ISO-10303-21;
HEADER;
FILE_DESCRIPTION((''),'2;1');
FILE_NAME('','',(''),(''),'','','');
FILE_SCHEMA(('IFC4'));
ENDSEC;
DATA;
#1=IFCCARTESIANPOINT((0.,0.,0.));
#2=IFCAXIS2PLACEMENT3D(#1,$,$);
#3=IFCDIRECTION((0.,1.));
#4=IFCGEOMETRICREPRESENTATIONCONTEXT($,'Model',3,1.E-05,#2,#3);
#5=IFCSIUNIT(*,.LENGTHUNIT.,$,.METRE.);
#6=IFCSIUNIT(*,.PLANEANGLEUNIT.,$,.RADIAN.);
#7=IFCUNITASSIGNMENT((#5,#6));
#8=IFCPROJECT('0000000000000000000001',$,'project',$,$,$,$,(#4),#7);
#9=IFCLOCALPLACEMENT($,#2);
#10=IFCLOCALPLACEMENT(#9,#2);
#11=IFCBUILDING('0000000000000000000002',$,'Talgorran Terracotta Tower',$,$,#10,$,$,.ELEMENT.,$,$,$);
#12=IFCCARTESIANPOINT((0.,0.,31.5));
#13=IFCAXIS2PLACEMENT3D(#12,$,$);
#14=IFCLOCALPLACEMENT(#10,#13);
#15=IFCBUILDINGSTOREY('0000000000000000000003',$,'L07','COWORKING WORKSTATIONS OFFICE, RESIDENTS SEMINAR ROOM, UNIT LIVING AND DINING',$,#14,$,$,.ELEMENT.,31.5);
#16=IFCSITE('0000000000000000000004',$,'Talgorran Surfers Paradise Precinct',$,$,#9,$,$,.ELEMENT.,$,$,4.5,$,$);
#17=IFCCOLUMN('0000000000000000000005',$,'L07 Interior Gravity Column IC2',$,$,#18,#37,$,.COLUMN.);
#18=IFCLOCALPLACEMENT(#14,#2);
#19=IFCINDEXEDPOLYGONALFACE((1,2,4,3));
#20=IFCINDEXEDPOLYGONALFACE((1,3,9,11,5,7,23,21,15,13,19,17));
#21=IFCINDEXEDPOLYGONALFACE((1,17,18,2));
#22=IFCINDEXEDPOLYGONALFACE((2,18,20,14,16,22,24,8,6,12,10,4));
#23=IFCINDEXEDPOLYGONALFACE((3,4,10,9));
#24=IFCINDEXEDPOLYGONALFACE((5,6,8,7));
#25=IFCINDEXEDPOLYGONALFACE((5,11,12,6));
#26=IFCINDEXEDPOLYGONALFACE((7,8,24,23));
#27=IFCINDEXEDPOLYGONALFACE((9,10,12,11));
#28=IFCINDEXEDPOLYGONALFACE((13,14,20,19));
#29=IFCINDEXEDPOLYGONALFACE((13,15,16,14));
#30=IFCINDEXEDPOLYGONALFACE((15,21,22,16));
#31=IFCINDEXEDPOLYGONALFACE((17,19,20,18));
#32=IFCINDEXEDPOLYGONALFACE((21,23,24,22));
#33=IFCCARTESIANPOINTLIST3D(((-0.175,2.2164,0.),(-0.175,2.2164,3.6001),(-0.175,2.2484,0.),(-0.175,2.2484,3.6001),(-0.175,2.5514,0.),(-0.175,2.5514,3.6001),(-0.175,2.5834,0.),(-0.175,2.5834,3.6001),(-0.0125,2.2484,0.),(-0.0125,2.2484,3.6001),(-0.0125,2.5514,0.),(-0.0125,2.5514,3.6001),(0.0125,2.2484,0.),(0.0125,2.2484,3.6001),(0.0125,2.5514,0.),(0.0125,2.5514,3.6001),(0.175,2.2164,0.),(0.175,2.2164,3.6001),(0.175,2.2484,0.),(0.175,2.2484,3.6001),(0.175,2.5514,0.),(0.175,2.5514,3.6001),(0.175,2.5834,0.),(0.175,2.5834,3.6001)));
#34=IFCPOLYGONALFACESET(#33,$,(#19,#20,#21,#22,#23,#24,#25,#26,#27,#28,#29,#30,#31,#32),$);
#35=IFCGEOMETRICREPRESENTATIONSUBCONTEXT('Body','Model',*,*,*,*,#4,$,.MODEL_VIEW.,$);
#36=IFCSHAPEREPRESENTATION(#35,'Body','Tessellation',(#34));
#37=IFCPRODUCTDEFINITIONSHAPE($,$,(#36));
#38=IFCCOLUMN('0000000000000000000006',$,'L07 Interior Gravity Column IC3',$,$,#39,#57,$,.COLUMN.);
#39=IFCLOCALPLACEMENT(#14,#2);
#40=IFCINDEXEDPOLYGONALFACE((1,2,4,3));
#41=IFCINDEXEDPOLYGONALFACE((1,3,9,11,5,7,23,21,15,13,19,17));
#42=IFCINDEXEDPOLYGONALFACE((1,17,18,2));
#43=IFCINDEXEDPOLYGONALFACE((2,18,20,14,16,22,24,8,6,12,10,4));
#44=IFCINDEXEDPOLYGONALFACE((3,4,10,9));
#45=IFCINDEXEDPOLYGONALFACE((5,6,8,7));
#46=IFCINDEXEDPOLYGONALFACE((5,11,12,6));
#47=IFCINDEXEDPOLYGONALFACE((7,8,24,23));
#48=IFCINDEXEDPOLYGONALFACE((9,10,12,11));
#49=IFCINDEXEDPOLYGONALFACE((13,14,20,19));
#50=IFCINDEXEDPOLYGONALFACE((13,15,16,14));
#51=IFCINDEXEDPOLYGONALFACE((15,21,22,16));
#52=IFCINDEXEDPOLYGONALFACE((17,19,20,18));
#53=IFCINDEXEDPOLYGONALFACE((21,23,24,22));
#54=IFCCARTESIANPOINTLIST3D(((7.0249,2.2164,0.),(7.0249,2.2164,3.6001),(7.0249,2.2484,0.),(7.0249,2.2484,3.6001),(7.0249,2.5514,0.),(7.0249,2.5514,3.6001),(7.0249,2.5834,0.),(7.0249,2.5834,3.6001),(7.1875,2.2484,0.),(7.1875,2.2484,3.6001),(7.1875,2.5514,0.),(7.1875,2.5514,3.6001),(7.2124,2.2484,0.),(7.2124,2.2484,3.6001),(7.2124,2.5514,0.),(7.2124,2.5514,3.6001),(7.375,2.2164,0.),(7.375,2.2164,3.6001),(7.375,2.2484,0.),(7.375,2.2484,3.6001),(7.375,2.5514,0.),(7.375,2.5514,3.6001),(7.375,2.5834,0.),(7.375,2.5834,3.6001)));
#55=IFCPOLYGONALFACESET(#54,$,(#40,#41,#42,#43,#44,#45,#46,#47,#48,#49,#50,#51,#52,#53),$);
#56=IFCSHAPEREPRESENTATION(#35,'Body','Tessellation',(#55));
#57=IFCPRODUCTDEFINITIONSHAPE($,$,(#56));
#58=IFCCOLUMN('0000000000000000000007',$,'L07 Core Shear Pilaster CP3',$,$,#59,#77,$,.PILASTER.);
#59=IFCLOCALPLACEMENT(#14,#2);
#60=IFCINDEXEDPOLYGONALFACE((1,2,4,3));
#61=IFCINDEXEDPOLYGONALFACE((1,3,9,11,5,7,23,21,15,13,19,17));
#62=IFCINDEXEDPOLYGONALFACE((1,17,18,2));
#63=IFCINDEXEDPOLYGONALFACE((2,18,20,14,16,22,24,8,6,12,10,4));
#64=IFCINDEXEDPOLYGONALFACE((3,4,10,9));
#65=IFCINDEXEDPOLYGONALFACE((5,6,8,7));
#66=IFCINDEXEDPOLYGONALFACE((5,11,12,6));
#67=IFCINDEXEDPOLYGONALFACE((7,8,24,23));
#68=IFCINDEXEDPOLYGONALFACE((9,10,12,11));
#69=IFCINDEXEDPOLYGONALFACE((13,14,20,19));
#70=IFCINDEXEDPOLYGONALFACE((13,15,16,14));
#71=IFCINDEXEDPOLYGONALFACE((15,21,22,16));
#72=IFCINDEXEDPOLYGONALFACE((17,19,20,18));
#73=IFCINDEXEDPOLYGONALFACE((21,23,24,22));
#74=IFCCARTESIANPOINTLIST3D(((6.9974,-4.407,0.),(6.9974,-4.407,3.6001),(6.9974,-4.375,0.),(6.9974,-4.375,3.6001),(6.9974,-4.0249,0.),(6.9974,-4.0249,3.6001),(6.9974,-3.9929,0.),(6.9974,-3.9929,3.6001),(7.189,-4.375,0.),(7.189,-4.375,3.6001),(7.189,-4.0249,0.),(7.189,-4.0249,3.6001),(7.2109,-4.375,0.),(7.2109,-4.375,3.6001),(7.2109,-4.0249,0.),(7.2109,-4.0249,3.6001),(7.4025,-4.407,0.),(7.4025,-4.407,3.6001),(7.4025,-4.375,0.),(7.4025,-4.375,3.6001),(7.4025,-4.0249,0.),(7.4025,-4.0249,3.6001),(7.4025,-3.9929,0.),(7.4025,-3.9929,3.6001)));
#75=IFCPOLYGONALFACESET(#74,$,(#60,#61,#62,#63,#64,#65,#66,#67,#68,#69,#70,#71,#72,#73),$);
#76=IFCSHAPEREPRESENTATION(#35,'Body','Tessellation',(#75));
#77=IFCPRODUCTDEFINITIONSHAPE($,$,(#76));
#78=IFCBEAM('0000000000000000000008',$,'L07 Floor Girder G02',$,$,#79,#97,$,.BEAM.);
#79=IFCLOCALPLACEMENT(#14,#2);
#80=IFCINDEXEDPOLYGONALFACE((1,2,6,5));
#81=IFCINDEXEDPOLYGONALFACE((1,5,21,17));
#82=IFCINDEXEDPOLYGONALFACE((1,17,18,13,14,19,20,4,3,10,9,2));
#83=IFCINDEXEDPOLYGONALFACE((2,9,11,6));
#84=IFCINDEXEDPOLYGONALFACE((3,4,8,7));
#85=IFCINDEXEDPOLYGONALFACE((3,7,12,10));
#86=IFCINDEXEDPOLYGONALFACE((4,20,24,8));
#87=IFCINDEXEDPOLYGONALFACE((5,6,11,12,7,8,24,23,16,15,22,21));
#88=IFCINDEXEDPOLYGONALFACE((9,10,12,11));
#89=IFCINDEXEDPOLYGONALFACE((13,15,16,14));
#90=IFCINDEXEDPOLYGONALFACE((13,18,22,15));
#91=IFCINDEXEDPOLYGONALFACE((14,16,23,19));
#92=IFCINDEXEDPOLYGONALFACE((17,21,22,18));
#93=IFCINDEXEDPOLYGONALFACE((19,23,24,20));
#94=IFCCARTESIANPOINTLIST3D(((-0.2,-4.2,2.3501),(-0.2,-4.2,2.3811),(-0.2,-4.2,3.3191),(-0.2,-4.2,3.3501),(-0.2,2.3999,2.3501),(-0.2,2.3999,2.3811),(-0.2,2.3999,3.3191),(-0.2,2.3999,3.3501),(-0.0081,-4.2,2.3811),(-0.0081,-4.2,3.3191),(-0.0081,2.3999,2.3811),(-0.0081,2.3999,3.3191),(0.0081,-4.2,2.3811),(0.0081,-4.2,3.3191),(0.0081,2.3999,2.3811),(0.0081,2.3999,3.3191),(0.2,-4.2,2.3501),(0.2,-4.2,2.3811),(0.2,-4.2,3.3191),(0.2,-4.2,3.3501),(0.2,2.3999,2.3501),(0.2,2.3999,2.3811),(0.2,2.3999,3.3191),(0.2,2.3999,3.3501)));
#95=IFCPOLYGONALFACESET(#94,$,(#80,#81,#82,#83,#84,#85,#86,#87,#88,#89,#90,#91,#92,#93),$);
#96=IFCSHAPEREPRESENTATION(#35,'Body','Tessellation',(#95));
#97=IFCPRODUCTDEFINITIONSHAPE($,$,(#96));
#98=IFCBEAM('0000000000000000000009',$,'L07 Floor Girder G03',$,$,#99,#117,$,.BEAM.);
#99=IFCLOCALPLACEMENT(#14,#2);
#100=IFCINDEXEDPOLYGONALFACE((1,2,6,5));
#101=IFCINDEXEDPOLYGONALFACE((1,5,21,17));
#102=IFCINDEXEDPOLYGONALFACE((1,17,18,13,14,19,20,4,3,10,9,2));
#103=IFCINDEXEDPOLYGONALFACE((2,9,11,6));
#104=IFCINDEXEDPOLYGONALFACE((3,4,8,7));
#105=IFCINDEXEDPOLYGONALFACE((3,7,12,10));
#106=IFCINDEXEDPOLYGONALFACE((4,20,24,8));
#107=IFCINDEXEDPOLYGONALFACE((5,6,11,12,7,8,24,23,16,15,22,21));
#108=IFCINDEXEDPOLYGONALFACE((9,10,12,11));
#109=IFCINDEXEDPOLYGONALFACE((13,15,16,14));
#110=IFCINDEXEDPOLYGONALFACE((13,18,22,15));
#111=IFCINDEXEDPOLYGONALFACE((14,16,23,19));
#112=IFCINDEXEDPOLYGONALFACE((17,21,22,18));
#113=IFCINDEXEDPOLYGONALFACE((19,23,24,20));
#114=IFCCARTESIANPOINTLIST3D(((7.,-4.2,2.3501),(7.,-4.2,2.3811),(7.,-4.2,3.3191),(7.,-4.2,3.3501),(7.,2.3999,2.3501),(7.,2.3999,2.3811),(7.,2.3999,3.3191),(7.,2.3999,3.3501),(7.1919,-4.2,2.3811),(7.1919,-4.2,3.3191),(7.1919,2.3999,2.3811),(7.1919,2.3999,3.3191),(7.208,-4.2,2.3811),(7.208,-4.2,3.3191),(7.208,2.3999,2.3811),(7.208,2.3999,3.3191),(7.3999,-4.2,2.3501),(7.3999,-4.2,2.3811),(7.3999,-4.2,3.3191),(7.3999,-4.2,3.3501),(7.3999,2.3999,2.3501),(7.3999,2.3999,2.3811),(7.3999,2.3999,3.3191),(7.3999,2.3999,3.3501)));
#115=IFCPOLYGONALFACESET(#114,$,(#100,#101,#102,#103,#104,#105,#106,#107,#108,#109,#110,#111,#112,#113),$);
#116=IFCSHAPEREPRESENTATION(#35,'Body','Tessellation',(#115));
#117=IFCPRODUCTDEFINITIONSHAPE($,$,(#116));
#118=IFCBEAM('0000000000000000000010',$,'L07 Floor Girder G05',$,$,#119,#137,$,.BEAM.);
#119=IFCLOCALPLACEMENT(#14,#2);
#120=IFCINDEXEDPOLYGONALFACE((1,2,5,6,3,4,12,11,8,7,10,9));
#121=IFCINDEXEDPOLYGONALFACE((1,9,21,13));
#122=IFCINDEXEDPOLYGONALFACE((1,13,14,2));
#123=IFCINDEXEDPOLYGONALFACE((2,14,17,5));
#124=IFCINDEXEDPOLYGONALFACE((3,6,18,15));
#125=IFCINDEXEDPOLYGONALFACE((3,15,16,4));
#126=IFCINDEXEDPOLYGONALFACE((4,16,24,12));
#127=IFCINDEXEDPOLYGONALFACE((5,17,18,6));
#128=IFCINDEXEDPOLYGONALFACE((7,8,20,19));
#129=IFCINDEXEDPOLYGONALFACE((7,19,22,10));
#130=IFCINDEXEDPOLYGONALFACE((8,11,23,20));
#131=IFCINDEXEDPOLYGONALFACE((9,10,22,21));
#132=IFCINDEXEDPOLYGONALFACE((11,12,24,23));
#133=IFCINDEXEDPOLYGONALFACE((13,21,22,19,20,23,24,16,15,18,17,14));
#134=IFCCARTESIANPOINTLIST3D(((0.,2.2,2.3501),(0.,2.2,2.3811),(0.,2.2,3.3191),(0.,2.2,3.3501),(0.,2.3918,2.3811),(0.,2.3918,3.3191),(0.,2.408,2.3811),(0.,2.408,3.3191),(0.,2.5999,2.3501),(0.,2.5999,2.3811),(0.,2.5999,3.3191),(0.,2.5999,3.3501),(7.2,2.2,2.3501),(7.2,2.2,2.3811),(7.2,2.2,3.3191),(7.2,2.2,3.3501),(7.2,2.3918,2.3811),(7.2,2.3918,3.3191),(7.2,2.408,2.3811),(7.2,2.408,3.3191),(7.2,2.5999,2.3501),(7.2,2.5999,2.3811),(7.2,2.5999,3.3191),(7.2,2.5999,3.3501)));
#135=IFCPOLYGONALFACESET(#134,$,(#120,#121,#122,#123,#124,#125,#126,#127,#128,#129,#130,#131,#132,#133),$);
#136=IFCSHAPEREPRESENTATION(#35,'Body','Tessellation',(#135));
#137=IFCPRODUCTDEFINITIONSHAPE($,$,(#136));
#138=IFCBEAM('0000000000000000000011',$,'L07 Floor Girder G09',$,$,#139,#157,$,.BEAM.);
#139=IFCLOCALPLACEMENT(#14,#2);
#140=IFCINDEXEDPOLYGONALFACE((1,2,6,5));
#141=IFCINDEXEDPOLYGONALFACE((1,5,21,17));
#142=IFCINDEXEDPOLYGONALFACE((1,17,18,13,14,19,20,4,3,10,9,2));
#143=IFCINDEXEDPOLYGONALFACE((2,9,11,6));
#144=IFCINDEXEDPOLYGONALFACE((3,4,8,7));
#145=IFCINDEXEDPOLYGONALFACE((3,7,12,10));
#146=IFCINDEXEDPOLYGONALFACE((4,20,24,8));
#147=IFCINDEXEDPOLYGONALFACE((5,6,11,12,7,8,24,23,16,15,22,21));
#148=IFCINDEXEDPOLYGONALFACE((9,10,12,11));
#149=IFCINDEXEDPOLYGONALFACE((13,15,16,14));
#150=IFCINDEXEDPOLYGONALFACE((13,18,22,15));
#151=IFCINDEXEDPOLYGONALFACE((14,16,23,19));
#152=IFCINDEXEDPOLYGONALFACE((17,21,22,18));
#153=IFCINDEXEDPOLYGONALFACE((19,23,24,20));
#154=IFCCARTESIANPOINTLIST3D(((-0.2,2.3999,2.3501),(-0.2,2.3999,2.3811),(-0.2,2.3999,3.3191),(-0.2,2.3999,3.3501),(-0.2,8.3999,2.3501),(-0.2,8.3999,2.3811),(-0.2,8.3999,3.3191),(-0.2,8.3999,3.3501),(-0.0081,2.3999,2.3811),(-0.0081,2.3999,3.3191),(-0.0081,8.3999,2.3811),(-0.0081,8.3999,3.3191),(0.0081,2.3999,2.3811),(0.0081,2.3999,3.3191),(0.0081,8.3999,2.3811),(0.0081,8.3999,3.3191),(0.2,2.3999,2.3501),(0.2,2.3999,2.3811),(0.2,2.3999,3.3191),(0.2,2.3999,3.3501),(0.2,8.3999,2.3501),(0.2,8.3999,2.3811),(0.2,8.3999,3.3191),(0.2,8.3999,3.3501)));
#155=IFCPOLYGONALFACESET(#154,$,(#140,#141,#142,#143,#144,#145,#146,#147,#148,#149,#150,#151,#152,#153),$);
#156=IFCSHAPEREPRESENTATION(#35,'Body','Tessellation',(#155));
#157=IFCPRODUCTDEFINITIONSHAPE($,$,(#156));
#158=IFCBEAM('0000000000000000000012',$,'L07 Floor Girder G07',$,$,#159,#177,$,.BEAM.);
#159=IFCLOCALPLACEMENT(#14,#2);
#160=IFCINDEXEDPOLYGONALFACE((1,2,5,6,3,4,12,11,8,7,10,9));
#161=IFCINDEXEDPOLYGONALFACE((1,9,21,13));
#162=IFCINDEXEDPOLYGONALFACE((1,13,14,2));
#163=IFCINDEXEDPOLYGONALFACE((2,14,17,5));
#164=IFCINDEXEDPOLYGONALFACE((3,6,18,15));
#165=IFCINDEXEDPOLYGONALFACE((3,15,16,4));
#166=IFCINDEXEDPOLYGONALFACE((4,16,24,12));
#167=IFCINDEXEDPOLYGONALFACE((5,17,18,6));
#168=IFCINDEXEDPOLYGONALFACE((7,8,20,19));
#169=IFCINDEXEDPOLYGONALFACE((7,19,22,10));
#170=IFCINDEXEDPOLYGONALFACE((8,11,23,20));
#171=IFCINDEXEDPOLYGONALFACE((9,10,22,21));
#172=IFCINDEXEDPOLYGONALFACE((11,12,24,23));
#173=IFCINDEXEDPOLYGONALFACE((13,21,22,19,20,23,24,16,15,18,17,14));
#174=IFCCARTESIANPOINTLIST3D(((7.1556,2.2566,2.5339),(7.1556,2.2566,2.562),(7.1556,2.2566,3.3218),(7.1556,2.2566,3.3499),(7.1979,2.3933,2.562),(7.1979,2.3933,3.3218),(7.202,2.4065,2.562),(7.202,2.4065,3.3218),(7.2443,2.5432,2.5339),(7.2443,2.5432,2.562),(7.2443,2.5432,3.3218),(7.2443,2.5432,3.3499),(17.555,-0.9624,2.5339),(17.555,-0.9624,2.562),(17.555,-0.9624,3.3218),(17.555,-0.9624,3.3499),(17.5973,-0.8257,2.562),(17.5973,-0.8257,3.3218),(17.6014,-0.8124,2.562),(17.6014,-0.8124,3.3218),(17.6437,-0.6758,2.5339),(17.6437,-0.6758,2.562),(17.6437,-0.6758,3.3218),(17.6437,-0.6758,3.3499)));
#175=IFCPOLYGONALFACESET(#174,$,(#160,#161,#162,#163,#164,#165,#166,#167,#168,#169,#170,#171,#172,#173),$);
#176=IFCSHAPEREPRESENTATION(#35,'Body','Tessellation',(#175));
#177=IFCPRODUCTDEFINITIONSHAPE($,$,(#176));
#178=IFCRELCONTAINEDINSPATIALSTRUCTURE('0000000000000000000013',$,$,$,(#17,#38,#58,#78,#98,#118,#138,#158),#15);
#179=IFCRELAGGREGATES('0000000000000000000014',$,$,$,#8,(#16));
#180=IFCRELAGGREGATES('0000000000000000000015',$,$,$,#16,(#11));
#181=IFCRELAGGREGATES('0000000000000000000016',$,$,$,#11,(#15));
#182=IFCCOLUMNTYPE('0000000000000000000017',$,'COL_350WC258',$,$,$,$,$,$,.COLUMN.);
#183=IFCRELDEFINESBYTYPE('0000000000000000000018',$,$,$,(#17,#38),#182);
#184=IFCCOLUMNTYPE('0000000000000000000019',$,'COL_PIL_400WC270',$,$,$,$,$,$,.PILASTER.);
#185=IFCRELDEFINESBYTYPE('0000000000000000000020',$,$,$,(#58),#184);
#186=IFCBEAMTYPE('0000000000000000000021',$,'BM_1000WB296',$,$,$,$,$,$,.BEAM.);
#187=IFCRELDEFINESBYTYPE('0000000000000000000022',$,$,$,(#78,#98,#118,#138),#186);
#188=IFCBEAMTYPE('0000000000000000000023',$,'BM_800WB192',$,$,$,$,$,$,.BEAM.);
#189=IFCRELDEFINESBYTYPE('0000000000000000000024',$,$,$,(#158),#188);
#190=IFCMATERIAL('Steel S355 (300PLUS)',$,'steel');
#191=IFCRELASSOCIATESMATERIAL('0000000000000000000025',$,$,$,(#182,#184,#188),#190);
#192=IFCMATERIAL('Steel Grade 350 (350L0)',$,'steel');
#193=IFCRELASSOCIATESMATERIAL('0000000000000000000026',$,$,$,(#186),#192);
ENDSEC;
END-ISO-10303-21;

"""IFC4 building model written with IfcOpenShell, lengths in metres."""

from ifc_helpers import new_model, si_unit, direction, frame, origin, origin_2d, place, context, subcontext, project, spatial, i_section, extrude, material, material_profile, profile_set, type_object, element, save


model = new_model("IFC4")

# Units and contexts
model_context = context("Model", 3, precision=1e-05, world=origin(), true_north=direction((0.0, 1.0)))
body_context = subcontext(model_context, "Body", "Model", "MODEL_VIEW")
ifc_project = project(units=[si_unit("LENGTHUNIT", "METRE"), si_unit("PLANEANGLEUNIT", "RADIAN")], contexts=[model_context])

# Site, building, storey
site_placement = place(None, origin())
site = spatial("IfcSite", under=ifc_project, at=site_placement, Name="Talgorran Surfers Paradise Precinct", CompositionType="ELEMENT", RefElevation=4.5)
building_placement = place(site_placement, origin())
building = spatial("IfcBuilding", under=site, at=building_placement, Name="Talgorran Terracotta Tower", CompositionType="ELEMENT")
storey_placement = place(building_placement, frame((0.0, 0.0, 31.5)))
storey = spatial("IfcBuildingStorey", under=building, at=storey_placement, Name="L07", Description="COWORKING WORKSTATIONS OFFICE, RESIDENTS SEMINAR ROOM, UNIT LIVING AND DINING", CompositionType="ELEMENT", Elevation=31.5)

# Columns
ifc_material_1 = material(Name="Steel S355 (300PLUS)", Category="steel")
ifc_material_profile_1 = material_profile(ifc_material_1, i_section(OverallWidth=0.3501, OverallDepth=0.3669, WebThickness=0.0249, FlangeThickness=0.032, at=origin_2d()), Name="350WC258")
ifc_profile_set_1 = profile_set([ifc_material_profile_1], Name="Steel S355 (300PLUS)")
column_type_1 = type_object("IfcColumnType", Name="COL_350WC258", PredefinedType="COLUMN", material=ifc_profile_set_1)
for number, where, z_axis, x_axis, name in (
    (1, (0.0, 2.3999, 0.0), (0.0, 0.0, 1.0), (1.0, 0.0, 0.0), "L07 Interior Gravity Column IC2"),
    (2, (7.2, 2.3999, 0.0), (0.0, 0.0, 1.0), (1.0, 0.0, 0.0), "L07 Interior Gravity Column IC3"),
):
    element("IfcColumn", number, at=place(storey_placement, frame(where, z_axis=z_axis, x_axis=x_axis)), inside=storey, type_object=column_type_1, Name=name, PredefinedType="COLUMN", context=body_context, shape_type="SweptSolid", body=[
        extrude(i_section(OverallWidth=0.3501, OverallDepth=0.3669, WebThickness=0.0249, FlangeThickness=0.032, at=origin_2d()), origin(), (0.0, 0.0, 1.0), 3.6001),
    ])
ifc_material_profile_2 = material_profile(ifc_material_1, i_section(OverallWidth=0.405, OverallDepth=0.4141, WebThickness=0.022, FlangeThickness=0.032, at=origin_2d()), Name="400WC270")
ifc_profile_set_2 = profile_set([ifc_material_profile_2], Name="Steel S355 (300PLUS)")
column_type_2 = type_object("IfcColumnType", Name="COL_PIL_400WC270", PredefinedType="PILASTER", material=ifc_profile_set_2)
column_placement = place(storey_placement, frame((7.2, -4.2, 0.0), z_axis=(0.0, 0.0, 1.0), x_axis=(1.0, 0.0, 0.0)))
element("IfcColumn", 3, at=column_placement, inside=storey, type_object=column_type_2, Name="L07 Core Shear Pilaster CP3", PredefinedType="PILASTER", context=body_context, shape_type="SweptSolid", body=[
    extrude(i_section(OverallWidth=0.405, OverallDepth=0.4141, WebThickness=0.022, FlangeThickness=0.032, at=origin_2d()), origin(), (0.0, 0.0, 1.0), 3.6001),
])

# Beams
ifc_material_2 = material(Name="Steel Grade 350 (350L0)", Category="steel")
ifc_material_profile_3 = material_profile(ifc_material_2, i_section(OverallWidth=0.3999, OverallDepth=1.0, WebThickness=0.0161, FlangeThickness=0.031, at=origin_2d()), Name="1000WB296")
ifc_profile_set_3 = profile_set([ifc_material_profile_3], Name="Steel Grade 350 (350L0)")
beam_type_1 = type_object("IfcBeamType", Name="BM_1000WB296", PredefinedType="BEAM", material=ifc_profile_set_3)
for number, where, z_axis, x_axis, name in (
    (4, (0.0, -4.2, 2.8501), (0.0, 1.0, 0.0), (-1.0, 0.0, 0.0), "L07 Floor Girder G02"),
    (5, (7.2, -4.2, 2.8501), (0.0, 1.0, 0.0), (-1.0, 0.0, 0.0), "L07 Floor Girder G03"),
):
    element("IfcBeam", number, at=place(storey_placement, frame(where, z_axis=z_axis, x_axis=x_axis)), inside=storey, type_object=beam_type_1, Name=name, PredefinedType="BEAM", context=body_context, shape_type="SweptSolid", body=[
        extrude(i_section(OverallWidth=0.3999, OverallDepth=1.0, WebThickness=0.0161, FlangeThickness=0.031, at=origin_2d()), origin(), (0.0, 0.0, 1.0), 6.5999),
    ])
beam_1_placement = place(storey_placement, frame((0.0, 2.3999, 2.8501), z_axis=(1.0, 0.0, 0.0), x_axis=(0.0, 1.0, 0.0)))
element("IfcBeam", 6, at=beam_1_placement, inside=storey, type_object=beam_type_1, Name="L07 Floor Girder G05", PredefinedType="BEAM", context=body_context, shape_type="SweptSolid", body=[
    extrude(i_section(OverallWidth=0.3999, OverallDepth=1.0, WebThickness=0.0161, FlangeThickness=0.031, at=origin_2d()), origin(), (0.0, 0.0, 1.0), 7.2),
])
beam_2_placement = place(storey_placement, frame((0.0, 2.3999, 2.8501), z_axis=(0.0, 1.0, 0.0), x_axis=(-1.0, 0.0, 0.0)))
element("IfcBeam", 7, at=beam_2_placement, inside=storey, type_object=beam_type_1, Name="L07 Floor Girder G09", PredefinedType="BEAM", context=body_context, shape_type="SweptSolid", body=[
    extrude(i_section(OverallWidth=0.3999, OverallDepth=1.0, WebThickness=0.0161, FlangeThickness=0.031, at=origin_2d()), origin(), (0.0, 0.0, 1.0), 6.0),
])
ifc_material_profile_4 = material_profile(ifc_material_1, i_section(OverallWidth=0.3, OverallDepth=0.8159, WebThickness=0.0139, FlangeThickness=0.0281, at=origin_2d()), Name="800WB192")
ifc_profile_set_4 = profile_set([ifc_material_profile_4], Name="Steel S355 (300PLUS)")
beam_type_2 = type_object("IfcBeamType", Name="BM_800WB192", PredefinedType="BEAM", material=ifc_profile_set_4)
beam_3_placement = place(storey_placement, frame((7.2, 2.3999, 2.9419), z_axis=(0.955283, -0.295694, 0.0), x_axis=(0.295694, 0.955283, 0.0)))
element("IfcBeam", 8, at=beam_3_placement, inside=storey, type_object=beam_type_2, Name="L07 Floor Girder G07", PredefinedType="BEAM", context=body_context, shape_type="SweptSolid", body=[
    extrude(i_section(OverallWidth=0.3, OverallDepth=0.8159, WebThickness=0.0139, FlangeThickness=0.0281, at=origin_2d()), origin(), (0.0, 0.0, 1.0), 10.8862),
])

save(model, "model.ifc")
